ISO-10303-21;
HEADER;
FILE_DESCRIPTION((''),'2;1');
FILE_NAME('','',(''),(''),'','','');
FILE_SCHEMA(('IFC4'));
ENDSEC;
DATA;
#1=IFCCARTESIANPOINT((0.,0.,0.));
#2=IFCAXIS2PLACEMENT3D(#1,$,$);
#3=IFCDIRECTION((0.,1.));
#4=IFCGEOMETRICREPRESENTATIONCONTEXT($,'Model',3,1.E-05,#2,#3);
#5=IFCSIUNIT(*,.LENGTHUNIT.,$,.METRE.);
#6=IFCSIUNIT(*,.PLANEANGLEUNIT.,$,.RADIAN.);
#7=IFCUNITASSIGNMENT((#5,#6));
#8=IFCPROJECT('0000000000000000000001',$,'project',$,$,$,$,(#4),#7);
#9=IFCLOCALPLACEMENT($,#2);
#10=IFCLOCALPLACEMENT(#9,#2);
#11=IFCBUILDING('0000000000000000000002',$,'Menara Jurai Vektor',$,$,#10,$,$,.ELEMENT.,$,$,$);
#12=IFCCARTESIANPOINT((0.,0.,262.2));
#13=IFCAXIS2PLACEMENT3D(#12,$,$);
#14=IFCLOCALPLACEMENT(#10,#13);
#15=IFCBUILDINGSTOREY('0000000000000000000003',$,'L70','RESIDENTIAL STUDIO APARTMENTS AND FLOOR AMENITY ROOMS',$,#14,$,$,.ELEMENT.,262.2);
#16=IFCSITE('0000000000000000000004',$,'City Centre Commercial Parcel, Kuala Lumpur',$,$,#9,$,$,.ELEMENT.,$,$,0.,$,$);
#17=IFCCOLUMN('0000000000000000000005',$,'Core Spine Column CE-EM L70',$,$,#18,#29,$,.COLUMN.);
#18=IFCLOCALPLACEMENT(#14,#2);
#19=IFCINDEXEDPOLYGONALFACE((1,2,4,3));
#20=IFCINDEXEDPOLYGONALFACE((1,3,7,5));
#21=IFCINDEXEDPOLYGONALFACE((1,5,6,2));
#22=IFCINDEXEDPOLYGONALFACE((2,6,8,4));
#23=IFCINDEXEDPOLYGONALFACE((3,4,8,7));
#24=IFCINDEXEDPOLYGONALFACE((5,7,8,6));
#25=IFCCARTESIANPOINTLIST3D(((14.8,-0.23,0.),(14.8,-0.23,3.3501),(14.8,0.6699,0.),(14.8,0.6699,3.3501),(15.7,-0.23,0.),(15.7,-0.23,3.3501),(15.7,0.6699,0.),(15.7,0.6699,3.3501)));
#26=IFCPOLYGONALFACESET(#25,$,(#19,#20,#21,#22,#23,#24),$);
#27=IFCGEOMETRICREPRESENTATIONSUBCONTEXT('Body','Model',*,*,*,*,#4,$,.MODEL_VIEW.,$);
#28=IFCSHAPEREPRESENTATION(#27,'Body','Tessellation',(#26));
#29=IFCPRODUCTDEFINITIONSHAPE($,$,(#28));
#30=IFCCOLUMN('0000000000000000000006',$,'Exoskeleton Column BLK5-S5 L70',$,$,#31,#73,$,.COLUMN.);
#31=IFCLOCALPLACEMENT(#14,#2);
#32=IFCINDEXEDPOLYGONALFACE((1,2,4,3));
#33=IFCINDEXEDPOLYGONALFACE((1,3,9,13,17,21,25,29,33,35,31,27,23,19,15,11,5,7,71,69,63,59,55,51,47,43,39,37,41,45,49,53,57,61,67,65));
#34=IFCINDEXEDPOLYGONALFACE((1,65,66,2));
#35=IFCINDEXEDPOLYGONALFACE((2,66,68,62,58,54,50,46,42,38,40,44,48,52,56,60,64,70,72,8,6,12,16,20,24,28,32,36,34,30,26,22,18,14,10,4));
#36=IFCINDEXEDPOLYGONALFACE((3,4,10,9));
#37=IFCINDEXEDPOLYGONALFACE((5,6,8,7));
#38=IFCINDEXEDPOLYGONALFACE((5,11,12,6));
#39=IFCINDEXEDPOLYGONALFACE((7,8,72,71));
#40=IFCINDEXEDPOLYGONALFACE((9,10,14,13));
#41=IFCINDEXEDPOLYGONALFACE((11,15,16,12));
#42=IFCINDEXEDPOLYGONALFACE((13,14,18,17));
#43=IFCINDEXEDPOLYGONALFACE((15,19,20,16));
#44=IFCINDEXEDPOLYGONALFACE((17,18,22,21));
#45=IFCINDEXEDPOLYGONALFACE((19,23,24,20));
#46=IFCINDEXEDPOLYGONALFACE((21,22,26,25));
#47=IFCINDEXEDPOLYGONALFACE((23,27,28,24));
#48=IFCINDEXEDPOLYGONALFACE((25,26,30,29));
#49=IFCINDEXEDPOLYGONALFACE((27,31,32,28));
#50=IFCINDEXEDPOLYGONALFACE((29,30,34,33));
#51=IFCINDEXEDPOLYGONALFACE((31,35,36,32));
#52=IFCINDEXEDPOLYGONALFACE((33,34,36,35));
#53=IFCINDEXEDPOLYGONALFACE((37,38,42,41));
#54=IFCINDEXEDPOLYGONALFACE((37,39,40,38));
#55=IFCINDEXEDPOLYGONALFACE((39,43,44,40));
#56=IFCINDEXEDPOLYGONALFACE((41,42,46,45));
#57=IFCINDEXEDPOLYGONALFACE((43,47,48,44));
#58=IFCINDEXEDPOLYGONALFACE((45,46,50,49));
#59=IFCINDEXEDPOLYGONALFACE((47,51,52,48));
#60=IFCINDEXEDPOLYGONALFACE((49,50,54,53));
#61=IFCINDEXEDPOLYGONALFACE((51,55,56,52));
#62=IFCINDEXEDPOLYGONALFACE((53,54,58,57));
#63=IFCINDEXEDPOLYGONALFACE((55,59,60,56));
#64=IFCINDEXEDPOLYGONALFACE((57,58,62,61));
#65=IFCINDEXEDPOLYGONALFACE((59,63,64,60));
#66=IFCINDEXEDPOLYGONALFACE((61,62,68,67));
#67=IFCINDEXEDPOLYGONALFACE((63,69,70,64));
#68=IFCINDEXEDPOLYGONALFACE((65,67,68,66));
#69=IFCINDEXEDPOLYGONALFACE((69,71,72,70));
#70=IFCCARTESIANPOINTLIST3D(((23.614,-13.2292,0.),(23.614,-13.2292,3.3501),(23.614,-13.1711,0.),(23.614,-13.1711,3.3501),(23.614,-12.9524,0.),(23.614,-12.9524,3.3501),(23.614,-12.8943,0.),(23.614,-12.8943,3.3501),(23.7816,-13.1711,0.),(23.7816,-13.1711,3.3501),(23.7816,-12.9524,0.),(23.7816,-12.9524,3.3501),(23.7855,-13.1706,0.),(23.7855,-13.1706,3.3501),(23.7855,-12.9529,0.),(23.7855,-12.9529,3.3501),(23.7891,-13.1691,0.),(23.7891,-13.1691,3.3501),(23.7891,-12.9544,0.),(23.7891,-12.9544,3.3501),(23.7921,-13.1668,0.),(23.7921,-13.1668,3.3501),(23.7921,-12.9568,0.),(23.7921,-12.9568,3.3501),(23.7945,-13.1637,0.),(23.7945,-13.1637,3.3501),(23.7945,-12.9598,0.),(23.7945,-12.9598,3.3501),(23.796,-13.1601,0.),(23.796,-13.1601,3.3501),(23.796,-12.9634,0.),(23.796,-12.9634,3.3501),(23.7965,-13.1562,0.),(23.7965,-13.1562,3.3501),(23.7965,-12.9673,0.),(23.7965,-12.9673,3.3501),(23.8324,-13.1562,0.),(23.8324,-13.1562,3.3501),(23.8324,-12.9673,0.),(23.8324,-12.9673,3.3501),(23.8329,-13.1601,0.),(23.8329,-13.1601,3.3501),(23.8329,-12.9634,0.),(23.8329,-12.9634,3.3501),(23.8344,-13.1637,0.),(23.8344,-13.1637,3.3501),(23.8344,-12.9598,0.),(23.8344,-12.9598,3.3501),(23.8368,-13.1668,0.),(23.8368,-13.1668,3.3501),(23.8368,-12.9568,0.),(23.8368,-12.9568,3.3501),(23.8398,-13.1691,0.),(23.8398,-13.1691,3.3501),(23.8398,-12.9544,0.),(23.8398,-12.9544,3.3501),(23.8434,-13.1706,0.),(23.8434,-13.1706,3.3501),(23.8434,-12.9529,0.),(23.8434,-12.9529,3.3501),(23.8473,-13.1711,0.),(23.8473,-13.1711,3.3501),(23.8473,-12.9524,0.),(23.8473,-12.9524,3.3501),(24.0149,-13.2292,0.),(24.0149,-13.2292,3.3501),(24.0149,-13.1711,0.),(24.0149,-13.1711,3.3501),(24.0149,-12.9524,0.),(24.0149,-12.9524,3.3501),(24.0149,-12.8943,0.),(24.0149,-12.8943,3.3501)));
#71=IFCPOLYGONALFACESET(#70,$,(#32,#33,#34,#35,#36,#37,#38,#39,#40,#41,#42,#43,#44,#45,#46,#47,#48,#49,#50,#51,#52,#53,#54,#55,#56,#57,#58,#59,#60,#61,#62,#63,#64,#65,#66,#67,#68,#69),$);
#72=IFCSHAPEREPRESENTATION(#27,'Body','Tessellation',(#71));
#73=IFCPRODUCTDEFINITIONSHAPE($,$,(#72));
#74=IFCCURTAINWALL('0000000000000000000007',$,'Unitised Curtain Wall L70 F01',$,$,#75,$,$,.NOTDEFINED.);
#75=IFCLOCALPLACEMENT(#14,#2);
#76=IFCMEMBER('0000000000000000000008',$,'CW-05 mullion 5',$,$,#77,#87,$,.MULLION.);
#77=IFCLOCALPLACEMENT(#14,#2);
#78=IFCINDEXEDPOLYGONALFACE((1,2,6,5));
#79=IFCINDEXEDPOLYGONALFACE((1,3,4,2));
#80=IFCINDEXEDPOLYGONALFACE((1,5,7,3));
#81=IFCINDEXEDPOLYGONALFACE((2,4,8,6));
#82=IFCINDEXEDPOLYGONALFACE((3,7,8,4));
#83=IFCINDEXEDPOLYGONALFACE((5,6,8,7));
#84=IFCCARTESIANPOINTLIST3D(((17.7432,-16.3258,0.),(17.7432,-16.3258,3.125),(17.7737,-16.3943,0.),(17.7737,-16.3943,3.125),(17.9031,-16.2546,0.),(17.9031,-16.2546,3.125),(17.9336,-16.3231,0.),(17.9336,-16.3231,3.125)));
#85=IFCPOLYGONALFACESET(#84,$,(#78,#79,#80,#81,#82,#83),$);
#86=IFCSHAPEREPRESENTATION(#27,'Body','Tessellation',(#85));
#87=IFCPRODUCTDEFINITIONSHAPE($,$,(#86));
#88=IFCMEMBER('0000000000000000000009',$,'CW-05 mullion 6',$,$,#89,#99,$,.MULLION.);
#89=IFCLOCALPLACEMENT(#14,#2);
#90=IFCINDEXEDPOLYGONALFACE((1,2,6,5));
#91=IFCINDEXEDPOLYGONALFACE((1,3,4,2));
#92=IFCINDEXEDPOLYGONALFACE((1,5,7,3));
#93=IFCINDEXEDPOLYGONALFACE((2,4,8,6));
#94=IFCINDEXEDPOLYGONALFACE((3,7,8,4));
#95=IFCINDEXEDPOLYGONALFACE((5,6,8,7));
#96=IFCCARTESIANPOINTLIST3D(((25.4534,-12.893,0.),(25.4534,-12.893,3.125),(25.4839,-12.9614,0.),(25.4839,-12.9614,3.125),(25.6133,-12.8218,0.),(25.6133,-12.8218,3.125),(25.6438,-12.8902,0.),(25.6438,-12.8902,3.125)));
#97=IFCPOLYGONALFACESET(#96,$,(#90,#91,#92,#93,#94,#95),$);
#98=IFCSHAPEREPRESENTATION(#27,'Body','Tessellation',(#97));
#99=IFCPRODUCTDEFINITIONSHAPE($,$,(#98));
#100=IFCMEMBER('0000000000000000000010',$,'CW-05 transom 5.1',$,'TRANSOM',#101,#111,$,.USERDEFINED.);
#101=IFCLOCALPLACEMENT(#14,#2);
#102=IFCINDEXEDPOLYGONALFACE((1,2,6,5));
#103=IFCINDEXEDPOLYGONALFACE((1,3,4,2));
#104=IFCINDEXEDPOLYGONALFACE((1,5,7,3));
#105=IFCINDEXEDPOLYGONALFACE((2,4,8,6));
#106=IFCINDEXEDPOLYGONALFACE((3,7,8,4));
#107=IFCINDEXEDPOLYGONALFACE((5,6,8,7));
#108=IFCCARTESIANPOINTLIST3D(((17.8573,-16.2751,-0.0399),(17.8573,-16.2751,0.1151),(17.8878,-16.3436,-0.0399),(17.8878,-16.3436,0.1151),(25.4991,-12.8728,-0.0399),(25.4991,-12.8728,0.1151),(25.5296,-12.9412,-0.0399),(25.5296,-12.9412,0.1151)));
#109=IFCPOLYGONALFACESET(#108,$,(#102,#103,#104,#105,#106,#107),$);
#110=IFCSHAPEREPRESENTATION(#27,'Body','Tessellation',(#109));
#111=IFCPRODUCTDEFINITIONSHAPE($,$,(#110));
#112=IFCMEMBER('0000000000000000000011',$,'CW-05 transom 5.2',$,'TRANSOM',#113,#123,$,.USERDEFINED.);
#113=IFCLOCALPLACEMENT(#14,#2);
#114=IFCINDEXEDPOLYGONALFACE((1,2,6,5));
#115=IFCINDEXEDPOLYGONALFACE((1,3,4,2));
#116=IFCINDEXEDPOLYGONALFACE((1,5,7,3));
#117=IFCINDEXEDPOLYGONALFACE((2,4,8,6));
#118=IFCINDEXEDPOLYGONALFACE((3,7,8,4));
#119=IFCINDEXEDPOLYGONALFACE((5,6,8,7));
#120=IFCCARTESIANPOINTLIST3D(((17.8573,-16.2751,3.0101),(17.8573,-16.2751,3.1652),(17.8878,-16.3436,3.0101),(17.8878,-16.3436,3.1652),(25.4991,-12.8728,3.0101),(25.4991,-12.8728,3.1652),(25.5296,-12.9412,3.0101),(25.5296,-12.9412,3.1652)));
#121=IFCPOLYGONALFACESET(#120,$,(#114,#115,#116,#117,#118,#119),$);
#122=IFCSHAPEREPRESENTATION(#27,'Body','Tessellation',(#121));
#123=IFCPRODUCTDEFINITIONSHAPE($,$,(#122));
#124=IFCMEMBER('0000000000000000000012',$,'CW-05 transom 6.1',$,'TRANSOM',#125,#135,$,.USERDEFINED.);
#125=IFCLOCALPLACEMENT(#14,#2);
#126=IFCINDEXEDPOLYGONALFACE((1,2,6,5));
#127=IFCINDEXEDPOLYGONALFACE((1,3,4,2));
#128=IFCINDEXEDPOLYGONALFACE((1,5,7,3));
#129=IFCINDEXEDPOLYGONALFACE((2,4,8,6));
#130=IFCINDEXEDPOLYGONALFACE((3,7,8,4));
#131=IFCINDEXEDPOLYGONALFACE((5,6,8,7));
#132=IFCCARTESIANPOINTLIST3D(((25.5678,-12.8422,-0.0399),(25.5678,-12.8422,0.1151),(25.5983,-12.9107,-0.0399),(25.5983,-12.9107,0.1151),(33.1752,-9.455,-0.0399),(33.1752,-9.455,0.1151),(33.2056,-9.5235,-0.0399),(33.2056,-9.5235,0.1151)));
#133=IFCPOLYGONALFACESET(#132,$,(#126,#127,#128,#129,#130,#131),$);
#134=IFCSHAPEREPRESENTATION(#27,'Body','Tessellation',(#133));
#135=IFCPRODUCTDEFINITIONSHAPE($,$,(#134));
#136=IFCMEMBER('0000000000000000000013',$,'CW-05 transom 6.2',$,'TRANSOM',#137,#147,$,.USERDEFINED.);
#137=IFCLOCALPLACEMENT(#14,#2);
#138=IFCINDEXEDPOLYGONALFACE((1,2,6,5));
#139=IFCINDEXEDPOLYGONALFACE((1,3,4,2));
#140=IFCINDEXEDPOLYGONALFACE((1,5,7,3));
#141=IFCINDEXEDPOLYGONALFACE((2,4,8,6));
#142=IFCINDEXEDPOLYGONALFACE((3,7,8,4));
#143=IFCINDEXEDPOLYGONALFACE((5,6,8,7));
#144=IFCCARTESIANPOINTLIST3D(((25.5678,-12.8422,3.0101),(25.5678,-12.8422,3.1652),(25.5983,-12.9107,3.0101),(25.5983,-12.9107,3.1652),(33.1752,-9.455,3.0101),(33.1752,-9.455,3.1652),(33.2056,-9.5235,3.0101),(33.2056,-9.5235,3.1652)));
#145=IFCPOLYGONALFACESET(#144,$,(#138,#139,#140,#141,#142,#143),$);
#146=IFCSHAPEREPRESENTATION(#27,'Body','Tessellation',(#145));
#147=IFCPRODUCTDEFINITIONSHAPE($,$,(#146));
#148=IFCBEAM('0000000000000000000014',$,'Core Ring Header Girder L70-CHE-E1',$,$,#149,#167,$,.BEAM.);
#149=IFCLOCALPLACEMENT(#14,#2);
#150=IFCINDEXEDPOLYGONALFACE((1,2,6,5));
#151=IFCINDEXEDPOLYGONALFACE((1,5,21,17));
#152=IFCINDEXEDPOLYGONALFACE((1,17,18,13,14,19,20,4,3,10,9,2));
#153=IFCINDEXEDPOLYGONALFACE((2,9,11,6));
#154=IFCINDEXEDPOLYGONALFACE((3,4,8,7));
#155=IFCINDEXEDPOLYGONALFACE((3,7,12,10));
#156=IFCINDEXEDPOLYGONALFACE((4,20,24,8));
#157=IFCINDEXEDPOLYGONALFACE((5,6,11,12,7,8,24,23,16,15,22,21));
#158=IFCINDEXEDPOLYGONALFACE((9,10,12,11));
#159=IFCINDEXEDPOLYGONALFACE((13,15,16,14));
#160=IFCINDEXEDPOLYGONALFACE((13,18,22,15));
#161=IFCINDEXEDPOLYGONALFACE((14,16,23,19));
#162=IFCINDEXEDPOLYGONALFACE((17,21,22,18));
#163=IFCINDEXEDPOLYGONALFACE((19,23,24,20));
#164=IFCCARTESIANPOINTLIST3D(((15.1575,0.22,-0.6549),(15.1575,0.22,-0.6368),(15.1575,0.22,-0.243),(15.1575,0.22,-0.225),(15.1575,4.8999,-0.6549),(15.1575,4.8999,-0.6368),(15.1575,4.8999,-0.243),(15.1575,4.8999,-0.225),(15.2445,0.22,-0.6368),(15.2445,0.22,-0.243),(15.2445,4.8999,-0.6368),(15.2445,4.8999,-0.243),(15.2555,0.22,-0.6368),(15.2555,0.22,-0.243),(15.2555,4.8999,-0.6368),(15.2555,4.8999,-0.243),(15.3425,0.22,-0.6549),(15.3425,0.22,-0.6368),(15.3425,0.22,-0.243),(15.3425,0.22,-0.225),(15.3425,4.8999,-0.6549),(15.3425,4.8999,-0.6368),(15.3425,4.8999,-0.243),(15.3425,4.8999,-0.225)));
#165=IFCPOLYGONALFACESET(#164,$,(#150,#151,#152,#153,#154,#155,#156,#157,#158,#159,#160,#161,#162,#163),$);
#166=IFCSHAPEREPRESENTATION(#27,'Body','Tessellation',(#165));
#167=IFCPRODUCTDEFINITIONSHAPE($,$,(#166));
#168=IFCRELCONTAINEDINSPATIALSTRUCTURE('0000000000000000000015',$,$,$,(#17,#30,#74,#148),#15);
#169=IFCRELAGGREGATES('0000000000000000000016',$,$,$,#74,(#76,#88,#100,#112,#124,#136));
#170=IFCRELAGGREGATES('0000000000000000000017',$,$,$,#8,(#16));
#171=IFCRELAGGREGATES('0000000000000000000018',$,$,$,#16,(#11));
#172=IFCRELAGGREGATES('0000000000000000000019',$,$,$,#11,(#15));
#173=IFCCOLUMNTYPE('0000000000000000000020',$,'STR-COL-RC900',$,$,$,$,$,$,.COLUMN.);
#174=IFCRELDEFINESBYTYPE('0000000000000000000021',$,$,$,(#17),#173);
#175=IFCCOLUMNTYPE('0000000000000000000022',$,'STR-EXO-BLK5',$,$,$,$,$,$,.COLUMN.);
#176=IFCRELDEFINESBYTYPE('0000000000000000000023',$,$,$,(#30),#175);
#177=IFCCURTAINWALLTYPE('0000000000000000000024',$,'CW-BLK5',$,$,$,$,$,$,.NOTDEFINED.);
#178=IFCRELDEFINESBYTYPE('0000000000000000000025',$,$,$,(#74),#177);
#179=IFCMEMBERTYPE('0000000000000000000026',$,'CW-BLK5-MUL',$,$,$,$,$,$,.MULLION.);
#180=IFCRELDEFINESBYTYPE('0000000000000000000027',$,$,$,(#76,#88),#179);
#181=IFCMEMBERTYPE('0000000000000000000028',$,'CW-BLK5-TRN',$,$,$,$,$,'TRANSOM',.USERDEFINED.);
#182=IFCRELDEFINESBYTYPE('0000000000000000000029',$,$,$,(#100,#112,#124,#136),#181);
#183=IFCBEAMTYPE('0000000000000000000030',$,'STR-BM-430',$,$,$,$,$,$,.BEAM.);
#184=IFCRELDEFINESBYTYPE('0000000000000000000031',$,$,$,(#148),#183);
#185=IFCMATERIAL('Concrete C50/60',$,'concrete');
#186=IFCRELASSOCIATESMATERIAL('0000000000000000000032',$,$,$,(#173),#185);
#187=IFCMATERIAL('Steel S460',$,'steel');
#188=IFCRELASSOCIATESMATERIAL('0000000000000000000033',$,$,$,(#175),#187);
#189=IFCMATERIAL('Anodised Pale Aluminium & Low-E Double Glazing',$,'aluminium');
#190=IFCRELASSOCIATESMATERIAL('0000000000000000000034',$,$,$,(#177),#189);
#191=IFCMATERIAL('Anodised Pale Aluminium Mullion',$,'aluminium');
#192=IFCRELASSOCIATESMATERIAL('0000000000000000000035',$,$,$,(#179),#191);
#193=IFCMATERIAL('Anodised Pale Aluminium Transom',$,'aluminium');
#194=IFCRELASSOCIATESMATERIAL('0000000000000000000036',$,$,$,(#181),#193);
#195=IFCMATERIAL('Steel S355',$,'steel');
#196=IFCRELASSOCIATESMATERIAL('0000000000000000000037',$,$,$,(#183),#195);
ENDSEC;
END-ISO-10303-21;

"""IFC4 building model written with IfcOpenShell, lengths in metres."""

from ifc_helpers import new_model, si_unit, direction, frame, origin, origin_2d, place, context, subcontext, project, spatial, rectangle, i_section, extrude, material, material_profile, profile_set, type_object, element, aggregate, save


model = new_model("IFC4")

# Units and contexts
model_context = context("Model", 3, precision=1e-05, world=origin(), true_north=direction((0.0, 1.0)))
body_context = subcontext(model_context, "Body", "Model", "MODEL_VIEW")
ifc_project = project(units=[si_unit("LENGTHUNIT", "METRE"), si_unit("PLANEANGLEUNIT", "RADIAN")], contexts=[model_context])

# Site, building, storey
site_placement = place(None, origin())
site = spatial("IfcSite", under=ifc_project, at=site_placement, Name="City Centre Commercial Parcel, Kuala Lumpur", CompositionType="ELEMENT", RefElevation=0.0)
building_placement = place(site_placement, origin())
building = spatial("IfcBuilding", under=site, at=building_placement, Name="Menara Jurai Vektor", CompositionType="ELEMENT")
storey_placement = place(building_placement, frame((0.0, 0.0, 262.2)))
storey = spatial("IfcBuildingStorey", under=building, at=storey_placement, Name="L70", Description="RESIDENTIAL STUDIO APARTMENTS AND FLOOR AMENITY ROOMS", CompositionType="ELEMENT", Elevation=262.2)

# Columns
ifc_material_1 = material(Name="Concrete C50/60", Category="concrete")
ifc_material_profile_1 = material_profile(ifc_material_1, rectangle(XDim=0.8999, YDim=0.8999, at=origin_2d()), Name="RC 900x900")
ifc_profile_set_1 = profile_set([ifc_material_profile_1], Name="Concrete C50/60")
column_type_1 = type_object("IfcColumnType", Name="STR-COL-RC900", PredefinedType="COLUMN", material=ifc_profile_set_1)
column_1_placement = place(storey_placement, frame((15.25, 0.22, 0.0), z_axis=(0.0, 0.0, 1.0), x_axis=(1.0, 0.0, 0.0)))
element("IfcColumn", 1, at=column_1_placement, inside=storey, type_object=column_type_1, Name="Core Spine Column CE-EM L70", PredefinedType="COLUMN", context=body_context, shape_type="SweptSolid", body=[
    extrude(rectangle(XDim=0.8999, YDim=0.8999, at=origin_2d()), origin(), (0.0, 0.0, 1.0), 3.3501),
])
ifc_material_2 = material(Name="Steel S460", Category="steel")
ifc_material_profile_2 = material_profile(ifc_material_2, i_section(OverallWidth=0.4009, OverallDepth=0.335, WebThickness=0.0359, FlangeThickness=0.0581, FilletRadius=0.0149, at=origin_2d()), Name="HD 400x463")
ifc_profile_set_2 = profile_set([ifc_material_profile_2], Name="Steel S460")
column_type_2 = type_object("IfcColumnType", Name="STR-EXO-BLK5", PredefinedType="COLUMN", material=ifc_profile_set_2)
column_2_placement = place(storey_placement, frame((23.8145, -13.0618, 0.0), z_axis=(0.0, 0.0, 1.0), x_axis=(1.0, 0.0, 0.0)))
element("IfcColumn", 2, at=column_2_placement, inside=storey, type_object=column_type_2, Name="Exoskeleton Column BLK5-S5 L70", PredefinedType="COLUMN", context=body_context, shape_type="SweptSolid", body=[
    extrude(i_section(OverallWidth=0.4009, OverallDepth=0.335, WebThickness=0.0359, FlangeThickness=0.0581, FilletRadius=0.0149, at=origin_2d()), origin(), (0.0, 0.0, 1.0), 3.3501),
])

# Curtain wall, members
ifc_material_3 = material(Name="Anodised Pale Aluminium & Low-E Double Glazing", Category="aluminium")
curtain_wall_type = type_object("IfcCurtainWallType", Name="CW-BLK5", PredefinedType="NOTDEFINED", material=ifc_material_3)
curtain_wall_placement = place(storey_placement, origin())
curtain_wall = element("IfcCurtainWall", 3, at=curtain_wall_placement, inside=storey, type_object=curtain_wall_type, Name="Unitised Curtain Wall L70 F01", PredefinedType="NOTDEFINED")
ifc_material_4 = material(Name="Anodised Pale Aluminium Mullion", Category="aluminium")
ifc_material_profile_3 = material_profile(ifc_material_4, rectangle(XDim=0.075, YDim=0.175, at=origin_2d()), Name="ALU MUL 75x175")
ifc_profile_set_3 = profile_set([ifc_material_profile_3], Name="Anodised Pale Aluminium Mullion")
member_type_1 = type_object("IfcMemberType", Name="CW-BLK5-MUL", PredefinedType="MULLION", material=ifc_profile_set_3)
member_1_placement = place(storey_placement, frame((17.8384, -16.3245, 0.0), z_axis=(0.0, 0.0, 1.0), x_axis=(-0.406735, 0.913546, 0.0)))
member_1 = element("IfcMember", 4, at=member_1_placement, type_object=member_type_1, Name="CW-05 mullion 5", PredefinedType="MULLION", context=body_context, shape_type="SweptSolid", body=[
    extrude(rectangle(XDim=0.075, YDim=0.175, at=origin_2d()), origin(), (0.0, 0.0, 1.0), 3.125),
])
member_2_placement = place(storey_placement, frame((25.5486, -12.8916, 0.0), z_axis=(0.0, 0.0, 1.0), x_axis=(-0.406735, 0.913546, 0.0)))
member_2 = element("IfcMember", 5, at=member_2_placement, type_object=member_type_1, Name="CW-05 mullion 6", PredefinedType="MULLION", context=body_context, shape_type="SweptSolid", body=[
    extrude(rectangle(XDim=0.075, YDim=0.175, at=origin_2d()), origin(), (0.0, 0.0, 1.0), 3.125),
])
ifc_material_5 = material(Name="Anodised Pale Aluminium Transom", Category="aluminium")
ifc_material_profile_4 = material_profile(ifc_material_5, rectangle(XDim=0.075, YDim=0.155, at=origin_2d()), Name="ALU TRN 75x155")
ifc_profile_set_4 = profile_set([ifc_material_profile_4], Name="Anodised Pale Aluminium Transom")
member_type_2 = type_object("IfcMemberType", Name="CW-BLK5-TRN", ElementType="TRANSOM", PredefinedType="USERDEFINED", material=ifc_profile_set_4)
member_3_placement = place(storey_placement, frame((17.8726, -16.3093, 0.0376), z_axis=(0.913547, 0.406734, 0.0), x_axis=(-0.406734, 0.913547, 0.0)))
member_3 = element("IfcMember", 6, at=member_3_placement, type_object=member_type_2, Name="CW-05 transom 5.1", ObjectType="TRANSOM", PredefinedType="USERDEFINED", context=body_context, shape_type="SweptSolid", body=[
    extrude(rectangle(XDim=0.075, YDim=0.155, at=origin_2d()), origin(), (0.0, 0.0, 1.0), 8.365),
])
member_4_placement = place(storey_placement, frame((17.8726, -16.3093, 3.0876), z_axis=(0.913547, 0.406734, 0.0), x_axis=(-0.406734, 0.913547, 0.0)))
member_4 = element("IfcMember", 7, at=member_4_placement, type_object=member_type_2, Name="CW-05 transom 5.2", ObjectType="TRANSOM", PredefinedType="USERDEFINED", context=body_context, shape_type="SweptSolid", body=[
    extrude(rectangle(XDim=0.075, YDim=0.155, at=origin_2d()), origin(), (0.0, 0.0, 1.0), 8.365),
])
member_5_placement = place(storey_placement, frame((25.583, -12.8765, 0.0376), z_axis=(0.913538, 0.406753, 0.0), x_axis=(-0.406753, 0.913538, 0.0)))
member_5 = element("IfcMember", 8, at=member_5_placement, type_object=member_type_2, Name="CW-05 transom 6.1", ObjectType="TRANSOM", PredefinedType="USERDEFINED", context=body_context, shape_type="SweptSolid", body=[
    extrude(rectangle(XDim=0.075, YDim=0.155, at=origin_2d()), origin(), (0.0, 0.0, 1.0), 8.3274),
])
member_6_placement = place(storey_placement, frame((25.583, -12.8765, 3.0876), z_axis=(0.913538, 0.406753, 0.0), x_axis=(-0.406753, 0.913538, 0.0)))
member_6 = element("IfcMember", 9, at=member_6_placement, type_object=member_type_2, Name="CW-05 transom 6.2", ObjectType="TRANSOM", PredefinedType="USERDEFINED", context=body_context, shape_type="SweptSolid", body=[
    extrude(rectangle(XDim=0.075, YDim=0.155, at=origin_2d()), origin(), (0.0, 0.0, 1.0), 8.3274),
])

# Beam
ifc_material_6 = material(Name="Steel S355", Category="steel")
ifc_material_profile_5 = material_profile(ifc_material_6, i_section(OverallWidth=0.1851, OverallDepth=0.4299, WebThickness=0.011, FlangeThickness=0.0181, at=origin_2d()), Name="PG 430x185x76")
ifc_profile_set_5 = profile_set([ifc_material_profile_5], Name="Steel S355")
beam_type_1 = type_object("IfcBeamType", Name="STR-BM-430", PredefinedType="BEAM", material=ifc_profile_set_5)
beam_1_placement = place(storey_placement, frame((15.25, 0.22, -0.4399), z_axis=(0.0, 1.0, 0.0), x_axis=(-1.0, 0.0, 0.0)))
element("IfcBeam", 10, at=beam_1_placement, inside=storey, type_object=beam_type_1, Name="Core Ring Header Girder L70-CHE-E1", PredefinedType="BEAM", context=body_context, shape_type="SweptSolid", body=[
    extrude(i_section(OverallWidth=0.1851, OverallDepth=0.4299, WebThickness=0.011, FlangeThickness=0.0181, at=origin_2d()), origin(), (0.0, 0.0, 1.0), 4.6799),
])

aggregate(curtain_wall, [member_1, member_2, member_3, member_4, member_5, member_6])

save(model, "model.ifc")
